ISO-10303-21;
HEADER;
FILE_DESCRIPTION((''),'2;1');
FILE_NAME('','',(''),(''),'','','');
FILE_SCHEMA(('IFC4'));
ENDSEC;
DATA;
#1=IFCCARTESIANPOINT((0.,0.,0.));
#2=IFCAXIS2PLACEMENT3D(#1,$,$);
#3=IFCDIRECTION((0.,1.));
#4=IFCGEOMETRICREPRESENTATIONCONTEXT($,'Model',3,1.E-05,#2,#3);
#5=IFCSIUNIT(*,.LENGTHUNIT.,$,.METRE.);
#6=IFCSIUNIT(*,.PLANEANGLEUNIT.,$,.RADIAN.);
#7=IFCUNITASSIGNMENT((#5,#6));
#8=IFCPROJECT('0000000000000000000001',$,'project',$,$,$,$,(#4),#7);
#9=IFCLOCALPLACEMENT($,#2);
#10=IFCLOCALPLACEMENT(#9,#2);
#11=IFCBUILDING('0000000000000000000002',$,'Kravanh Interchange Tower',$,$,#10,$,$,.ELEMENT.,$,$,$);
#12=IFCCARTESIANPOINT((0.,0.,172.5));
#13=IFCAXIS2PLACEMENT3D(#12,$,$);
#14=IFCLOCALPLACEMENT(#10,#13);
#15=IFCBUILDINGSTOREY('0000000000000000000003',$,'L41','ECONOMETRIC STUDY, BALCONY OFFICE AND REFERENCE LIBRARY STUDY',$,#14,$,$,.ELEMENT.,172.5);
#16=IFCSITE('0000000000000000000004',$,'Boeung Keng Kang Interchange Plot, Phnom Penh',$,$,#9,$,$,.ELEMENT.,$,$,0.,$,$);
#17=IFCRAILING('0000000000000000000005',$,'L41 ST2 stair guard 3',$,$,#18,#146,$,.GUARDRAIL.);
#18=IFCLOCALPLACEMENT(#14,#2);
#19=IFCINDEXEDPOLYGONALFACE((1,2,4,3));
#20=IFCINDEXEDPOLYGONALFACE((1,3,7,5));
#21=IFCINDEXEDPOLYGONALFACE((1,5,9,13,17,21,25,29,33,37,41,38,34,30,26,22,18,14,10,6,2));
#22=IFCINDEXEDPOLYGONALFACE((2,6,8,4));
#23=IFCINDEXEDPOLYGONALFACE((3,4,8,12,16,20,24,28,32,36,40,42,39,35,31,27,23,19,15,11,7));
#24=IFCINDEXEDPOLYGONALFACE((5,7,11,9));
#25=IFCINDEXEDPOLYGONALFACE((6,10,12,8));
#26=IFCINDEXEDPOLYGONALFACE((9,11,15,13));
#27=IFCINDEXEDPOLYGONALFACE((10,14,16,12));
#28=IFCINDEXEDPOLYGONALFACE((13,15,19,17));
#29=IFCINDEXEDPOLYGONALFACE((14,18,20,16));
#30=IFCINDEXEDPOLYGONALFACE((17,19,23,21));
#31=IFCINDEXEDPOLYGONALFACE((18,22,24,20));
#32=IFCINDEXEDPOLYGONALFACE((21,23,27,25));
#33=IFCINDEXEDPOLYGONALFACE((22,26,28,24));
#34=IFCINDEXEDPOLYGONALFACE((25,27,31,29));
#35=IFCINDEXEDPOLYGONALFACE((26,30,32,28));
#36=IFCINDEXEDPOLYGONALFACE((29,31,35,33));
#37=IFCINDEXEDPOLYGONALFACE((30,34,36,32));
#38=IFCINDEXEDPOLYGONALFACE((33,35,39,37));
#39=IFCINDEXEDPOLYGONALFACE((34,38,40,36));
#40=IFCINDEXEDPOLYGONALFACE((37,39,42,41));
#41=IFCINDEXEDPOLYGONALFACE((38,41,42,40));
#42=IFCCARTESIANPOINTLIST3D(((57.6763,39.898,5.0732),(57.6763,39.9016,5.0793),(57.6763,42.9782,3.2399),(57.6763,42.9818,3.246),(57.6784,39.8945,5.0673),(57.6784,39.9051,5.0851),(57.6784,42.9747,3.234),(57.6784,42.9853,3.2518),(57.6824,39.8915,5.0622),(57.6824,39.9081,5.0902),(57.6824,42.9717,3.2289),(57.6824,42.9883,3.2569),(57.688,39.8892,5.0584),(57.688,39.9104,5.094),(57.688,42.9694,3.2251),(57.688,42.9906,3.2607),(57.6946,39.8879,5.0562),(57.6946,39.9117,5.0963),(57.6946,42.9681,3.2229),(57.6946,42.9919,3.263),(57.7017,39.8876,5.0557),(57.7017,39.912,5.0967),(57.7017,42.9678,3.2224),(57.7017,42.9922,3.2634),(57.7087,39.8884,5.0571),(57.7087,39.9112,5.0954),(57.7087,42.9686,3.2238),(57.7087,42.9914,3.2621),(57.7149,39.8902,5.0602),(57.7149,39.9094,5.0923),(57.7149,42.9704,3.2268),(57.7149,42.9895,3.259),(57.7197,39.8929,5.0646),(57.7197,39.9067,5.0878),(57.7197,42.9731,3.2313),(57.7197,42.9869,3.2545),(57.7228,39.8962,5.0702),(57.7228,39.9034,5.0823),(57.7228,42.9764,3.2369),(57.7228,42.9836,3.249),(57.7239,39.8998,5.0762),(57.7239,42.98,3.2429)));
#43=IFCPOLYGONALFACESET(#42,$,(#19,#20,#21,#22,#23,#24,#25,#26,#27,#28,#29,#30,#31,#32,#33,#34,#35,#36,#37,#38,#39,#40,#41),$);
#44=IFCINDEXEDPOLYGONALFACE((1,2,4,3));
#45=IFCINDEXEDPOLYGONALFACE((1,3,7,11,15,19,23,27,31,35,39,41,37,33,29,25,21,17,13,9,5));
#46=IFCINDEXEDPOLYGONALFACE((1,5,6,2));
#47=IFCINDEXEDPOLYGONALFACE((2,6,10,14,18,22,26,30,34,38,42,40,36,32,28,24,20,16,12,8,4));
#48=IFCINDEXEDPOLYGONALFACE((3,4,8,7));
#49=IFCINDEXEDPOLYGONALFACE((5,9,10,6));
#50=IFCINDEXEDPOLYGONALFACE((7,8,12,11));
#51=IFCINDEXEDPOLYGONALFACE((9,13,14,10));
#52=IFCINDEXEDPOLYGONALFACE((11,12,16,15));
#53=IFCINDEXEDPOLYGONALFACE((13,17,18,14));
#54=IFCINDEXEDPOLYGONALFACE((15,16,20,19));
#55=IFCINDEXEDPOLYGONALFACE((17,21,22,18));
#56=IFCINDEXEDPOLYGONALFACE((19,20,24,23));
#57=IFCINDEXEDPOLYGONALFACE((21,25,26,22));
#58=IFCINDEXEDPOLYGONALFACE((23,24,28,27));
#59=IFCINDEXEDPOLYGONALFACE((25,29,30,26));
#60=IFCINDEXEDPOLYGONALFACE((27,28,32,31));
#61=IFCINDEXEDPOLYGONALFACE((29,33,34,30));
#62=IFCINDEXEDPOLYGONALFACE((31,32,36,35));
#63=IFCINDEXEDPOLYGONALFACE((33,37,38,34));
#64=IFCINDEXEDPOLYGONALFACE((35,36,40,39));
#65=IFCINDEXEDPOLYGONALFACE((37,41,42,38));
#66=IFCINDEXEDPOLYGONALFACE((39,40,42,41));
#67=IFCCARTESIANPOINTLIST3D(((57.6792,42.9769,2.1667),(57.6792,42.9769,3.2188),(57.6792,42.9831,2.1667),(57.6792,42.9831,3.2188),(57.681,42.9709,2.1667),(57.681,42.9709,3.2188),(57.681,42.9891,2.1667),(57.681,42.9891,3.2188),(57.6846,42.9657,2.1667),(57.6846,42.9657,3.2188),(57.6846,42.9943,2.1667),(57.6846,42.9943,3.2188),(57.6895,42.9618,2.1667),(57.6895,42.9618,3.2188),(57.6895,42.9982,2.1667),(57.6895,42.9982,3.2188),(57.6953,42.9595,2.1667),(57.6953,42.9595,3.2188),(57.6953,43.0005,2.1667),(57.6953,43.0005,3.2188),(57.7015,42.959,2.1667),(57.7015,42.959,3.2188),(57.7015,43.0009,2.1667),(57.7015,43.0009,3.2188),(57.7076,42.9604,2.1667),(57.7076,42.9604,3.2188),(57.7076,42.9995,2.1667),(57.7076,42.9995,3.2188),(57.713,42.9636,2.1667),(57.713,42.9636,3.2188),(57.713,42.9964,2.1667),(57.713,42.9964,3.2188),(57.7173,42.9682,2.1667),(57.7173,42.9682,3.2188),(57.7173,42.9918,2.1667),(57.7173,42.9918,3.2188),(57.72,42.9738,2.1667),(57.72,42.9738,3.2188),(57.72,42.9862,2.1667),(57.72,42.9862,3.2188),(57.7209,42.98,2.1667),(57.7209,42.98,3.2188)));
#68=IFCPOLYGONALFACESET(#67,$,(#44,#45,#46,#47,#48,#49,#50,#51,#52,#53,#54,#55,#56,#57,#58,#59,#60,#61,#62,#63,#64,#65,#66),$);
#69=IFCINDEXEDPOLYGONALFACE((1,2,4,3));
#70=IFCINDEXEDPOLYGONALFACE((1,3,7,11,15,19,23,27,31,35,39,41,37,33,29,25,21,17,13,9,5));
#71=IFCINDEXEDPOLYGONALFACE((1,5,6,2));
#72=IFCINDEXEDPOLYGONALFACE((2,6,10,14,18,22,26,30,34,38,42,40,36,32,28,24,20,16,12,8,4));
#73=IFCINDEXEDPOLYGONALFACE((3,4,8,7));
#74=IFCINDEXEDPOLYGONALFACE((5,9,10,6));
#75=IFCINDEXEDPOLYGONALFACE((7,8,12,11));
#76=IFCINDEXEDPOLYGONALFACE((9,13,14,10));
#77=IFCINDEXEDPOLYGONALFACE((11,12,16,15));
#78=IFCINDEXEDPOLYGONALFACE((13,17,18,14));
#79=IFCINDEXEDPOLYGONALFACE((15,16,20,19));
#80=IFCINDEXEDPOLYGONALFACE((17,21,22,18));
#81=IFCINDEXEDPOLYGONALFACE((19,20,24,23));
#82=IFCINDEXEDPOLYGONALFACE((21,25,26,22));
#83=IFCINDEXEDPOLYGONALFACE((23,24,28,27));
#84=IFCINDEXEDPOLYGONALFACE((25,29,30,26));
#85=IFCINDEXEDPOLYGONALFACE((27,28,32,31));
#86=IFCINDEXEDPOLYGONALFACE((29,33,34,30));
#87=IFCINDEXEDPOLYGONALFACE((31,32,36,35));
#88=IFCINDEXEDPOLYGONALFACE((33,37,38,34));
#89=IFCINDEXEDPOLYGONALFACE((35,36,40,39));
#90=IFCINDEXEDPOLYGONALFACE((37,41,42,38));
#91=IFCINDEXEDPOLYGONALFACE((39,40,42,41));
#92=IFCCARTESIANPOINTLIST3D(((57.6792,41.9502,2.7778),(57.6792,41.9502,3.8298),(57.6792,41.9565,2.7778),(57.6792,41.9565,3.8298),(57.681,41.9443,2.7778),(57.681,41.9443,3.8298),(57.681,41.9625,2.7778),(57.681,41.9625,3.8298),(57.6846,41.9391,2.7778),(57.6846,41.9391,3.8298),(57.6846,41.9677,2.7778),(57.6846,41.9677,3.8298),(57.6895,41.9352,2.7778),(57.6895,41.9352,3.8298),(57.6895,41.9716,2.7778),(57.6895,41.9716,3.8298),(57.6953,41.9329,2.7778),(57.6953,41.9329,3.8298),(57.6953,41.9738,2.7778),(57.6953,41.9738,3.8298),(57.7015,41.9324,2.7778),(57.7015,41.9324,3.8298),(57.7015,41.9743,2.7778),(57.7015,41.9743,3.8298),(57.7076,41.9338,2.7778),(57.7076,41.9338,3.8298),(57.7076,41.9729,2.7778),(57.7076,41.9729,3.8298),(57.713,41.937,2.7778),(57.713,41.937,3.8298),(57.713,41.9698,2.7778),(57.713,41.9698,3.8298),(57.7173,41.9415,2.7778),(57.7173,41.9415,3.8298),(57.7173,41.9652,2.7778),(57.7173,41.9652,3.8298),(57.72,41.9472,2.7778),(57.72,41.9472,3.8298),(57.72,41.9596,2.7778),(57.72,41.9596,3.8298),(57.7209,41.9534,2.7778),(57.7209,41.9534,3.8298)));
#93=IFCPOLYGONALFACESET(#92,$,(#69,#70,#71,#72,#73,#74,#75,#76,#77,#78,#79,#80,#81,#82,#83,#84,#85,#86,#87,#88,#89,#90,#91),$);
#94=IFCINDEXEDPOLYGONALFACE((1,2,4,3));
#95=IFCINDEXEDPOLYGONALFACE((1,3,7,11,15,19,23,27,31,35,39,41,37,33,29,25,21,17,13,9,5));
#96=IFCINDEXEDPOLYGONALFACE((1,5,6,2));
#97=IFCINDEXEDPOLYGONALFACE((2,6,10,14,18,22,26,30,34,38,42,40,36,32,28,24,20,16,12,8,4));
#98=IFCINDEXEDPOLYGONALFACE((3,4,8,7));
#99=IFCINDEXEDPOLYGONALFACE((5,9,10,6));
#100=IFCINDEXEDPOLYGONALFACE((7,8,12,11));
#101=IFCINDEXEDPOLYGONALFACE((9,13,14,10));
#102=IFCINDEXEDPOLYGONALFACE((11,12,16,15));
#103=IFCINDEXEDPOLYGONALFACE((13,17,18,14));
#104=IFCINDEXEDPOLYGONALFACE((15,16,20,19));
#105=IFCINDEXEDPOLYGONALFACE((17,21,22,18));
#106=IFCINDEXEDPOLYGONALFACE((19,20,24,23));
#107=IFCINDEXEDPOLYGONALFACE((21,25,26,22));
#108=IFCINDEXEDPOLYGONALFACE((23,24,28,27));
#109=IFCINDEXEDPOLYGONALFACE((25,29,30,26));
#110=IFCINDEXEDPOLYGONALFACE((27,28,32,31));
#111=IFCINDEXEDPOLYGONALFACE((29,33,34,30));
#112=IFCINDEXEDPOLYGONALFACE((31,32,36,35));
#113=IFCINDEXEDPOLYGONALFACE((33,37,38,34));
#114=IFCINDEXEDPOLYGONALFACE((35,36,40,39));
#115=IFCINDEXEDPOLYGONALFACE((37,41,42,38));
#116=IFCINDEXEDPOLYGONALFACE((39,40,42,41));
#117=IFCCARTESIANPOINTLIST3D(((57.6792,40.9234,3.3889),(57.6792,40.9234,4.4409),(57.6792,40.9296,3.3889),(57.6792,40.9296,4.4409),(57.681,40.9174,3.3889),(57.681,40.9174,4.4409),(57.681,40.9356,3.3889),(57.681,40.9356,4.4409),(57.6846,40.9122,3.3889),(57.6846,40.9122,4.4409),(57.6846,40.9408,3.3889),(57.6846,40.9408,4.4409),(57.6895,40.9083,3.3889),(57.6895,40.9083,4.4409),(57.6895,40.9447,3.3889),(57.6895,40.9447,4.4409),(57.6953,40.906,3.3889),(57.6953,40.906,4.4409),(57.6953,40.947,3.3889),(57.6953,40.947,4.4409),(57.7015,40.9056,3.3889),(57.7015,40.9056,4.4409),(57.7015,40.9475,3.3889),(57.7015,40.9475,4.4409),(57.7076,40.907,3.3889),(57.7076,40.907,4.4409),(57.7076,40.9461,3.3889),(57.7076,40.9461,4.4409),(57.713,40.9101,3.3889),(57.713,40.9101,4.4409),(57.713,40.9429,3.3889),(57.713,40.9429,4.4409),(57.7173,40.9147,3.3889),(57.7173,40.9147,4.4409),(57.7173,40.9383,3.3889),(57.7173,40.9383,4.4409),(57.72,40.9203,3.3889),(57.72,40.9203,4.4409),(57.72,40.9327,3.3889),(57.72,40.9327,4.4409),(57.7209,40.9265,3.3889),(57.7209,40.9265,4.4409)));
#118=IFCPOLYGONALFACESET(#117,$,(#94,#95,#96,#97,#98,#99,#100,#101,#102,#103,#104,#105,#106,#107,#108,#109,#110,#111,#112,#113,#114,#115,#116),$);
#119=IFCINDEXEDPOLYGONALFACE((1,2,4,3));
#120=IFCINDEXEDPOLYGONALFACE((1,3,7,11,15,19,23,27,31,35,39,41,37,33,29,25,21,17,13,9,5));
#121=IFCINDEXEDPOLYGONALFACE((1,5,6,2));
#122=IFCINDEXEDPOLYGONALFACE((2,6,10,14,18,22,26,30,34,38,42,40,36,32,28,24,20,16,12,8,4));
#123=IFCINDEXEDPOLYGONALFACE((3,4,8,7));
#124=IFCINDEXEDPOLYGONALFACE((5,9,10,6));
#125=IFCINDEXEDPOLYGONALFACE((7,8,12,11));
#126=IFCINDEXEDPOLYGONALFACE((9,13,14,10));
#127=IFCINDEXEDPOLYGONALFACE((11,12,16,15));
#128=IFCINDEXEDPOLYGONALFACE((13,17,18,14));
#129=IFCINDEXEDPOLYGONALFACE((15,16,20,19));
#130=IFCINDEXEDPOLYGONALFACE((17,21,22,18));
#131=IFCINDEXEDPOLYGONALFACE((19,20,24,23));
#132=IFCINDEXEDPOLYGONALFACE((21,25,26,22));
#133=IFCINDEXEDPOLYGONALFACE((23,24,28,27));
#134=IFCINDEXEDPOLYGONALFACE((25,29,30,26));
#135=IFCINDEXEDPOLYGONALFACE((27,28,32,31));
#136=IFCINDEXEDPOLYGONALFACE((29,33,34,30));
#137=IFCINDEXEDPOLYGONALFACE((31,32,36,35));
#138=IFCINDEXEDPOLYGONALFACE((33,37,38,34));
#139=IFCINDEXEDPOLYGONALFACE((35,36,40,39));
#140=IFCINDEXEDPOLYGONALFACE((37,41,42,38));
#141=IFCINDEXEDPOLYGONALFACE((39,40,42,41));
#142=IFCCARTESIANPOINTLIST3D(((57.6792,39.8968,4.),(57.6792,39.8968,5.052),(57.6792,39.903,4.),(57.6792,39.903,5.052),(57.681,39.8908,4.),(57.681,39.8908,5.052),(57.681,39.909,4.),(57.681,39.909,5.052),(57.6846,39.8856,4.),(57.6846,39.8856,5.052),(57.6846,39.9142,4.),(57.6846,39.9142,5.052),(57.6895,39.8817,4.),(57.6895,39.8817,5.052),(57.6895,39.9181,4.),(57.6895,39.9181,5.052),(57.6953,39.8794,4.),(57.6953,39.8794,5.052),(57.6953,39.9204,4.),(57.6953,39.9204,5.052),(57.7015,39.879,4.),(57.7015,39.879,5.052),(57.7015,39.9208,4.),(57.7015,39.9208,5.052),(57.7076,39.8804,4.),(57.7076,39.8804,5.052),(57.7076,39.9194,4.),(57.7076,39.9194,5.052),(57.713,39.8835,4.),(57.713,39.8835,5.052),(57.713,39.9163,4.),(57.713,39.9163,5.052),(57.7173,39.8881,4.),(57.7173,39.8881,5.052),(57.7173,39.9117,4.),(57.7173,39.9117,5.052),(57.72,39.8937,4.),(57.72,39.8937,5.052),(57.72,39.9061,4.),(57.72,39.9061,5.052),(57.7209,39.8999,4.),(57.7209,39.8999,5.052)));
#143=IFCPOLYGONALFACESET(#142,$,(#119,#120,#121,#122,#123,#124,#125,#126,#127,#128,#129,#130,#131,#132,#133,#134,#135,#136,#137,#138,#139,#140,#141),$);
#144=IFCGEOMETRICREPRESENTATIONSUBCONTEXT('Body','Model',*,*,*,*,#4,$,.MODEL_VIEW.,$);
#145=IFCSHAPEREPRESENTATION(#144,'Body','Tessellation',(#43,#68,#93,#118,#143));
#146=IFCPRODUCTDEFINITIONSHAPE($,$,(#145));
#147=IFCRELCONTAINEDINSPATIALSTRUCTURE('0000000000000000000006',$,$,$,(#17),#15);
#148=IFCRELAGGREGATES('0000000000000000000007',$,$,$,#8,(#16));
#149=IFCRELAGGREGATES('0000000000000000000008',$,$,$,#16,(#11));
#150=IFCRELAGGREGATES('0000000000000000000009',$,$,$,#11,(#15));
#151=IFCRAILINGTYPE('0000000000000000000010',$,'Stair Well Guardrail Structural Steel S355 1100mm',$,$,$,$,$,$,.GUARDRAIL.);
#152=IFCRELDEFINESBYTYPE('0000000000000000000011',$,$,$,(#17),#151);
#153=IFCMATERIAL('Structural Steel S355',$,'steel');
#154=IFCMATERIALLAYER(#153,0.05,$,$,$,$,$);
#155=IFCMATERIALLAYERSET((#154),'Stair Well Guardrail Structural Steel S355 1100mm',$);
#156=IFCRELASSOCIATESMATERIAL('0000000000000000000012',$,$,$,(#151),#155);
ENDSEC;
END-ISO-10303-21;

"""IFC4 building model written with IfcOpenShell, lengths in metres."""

from ifc_helpers import new_model, si_unit, direction, frame, origin, origin_2d, place, context, subcontext, project, spatial, circle, extrude, material, layer, layer_set, type_object, element, save


model = new_model("IFC4")

# Units and contexts
model_context = context("Model", 3, precision=1e-05, world=origin(), true_north=direction((0.0, 1.0)))
body_context = subcontext(model_context, "Body", "Model", "MODEL_VIEW")
ifc_project = project(units=[si_unit("LENGTHUNIT", "METRE"), si_unit("PLANEANGLEUNIT", "RADIAN")], contexts=[model_context])

# Site, building, storey
site_placement = place(None, origin())
site = spatial("IfcSite", under=ifc_project, at=site_placement, Name="Boeung Keng Kang Interchange Plot, Phnom Penh", CompositionType="ELEMENT", RefElevation=0.0)
building_placement = place(site_placement, origin())
building = spatial("IfcBuilding", under=site, at=building_placement, Name="Kravanh Interchange Tower", CompositionType="ELEMENT")
storey_placement = place(building_placement, frame((0.0, 0.0, 172.5)))
storey = spatial("IfcBuildingStorey", under=building, at=storey_placement, Name="L41", Description="ECONOMETRIC STUDY, BALCONY OFFICE AND REFERENCE LIBRARY STUDY", CompositionType="ELEMENT", Elevation=172.5)

# Railing
ifc_material_1 = material(Name="Structural Steel S355", Category="steel")
ifc_layer_1 = layer(ifc_material_1, 0.05)
ifc_layer_set_1 = layer_set([ifc_layer_1], Name="Stair Well Guardrail Structural Steel S355 1100mm")
railing_type_1 = type_object("IfcRailingType", Name="Stair Well Guardrail Structural Steel S355 1100mm", PredefinedType="GUARDRAIL", material=ifc_layer_set_1)
railing_1_placement = place(storey_placement, frame((57.7, 42.98, 2.1667)))
element("IfcRailing", 1, at=railing_1_placement, inside=storey, type_object=railing_type_1, Name="L41 ST2 stair guard 3", PredefinedType="GUARDRAIL", context=body_context, shape_type="SweptSolid", body=[
    extrude(circle(Radius=0.0239, at=origin_2d()), frame((0.0, 0.0, 1.0762), z_axis=(0.0, -0.859309, 0.511458), x_axis=(1.0, 0.0, 0.0)), (0.0, 0.0, 1.0), 3.5845),
    extrude(circle(Radius=0.021, at=origin_2d()), origin(), (0.0, 0.0, 1.0), 1.052),
    extrude(circle(Radius=0.021, at=origin_2d()), frame((0.0, -1.0266, 0.6111)), (0.0, 0.0, 1.0), 1.052),
    extrude(circle(Radius=0.021, at=origin_2d()), frame((0.0, -2.0535, 1.2222)), (0.0, 0.0, 1.0), 1.052),
    extrude(circle(Radius=0.021, at=origin_2d()), frame((0.0, -3.0801, 1.8333)), (0.0, 0.0, 1.0), 1.052),
])

save(model, "model.ifc")
